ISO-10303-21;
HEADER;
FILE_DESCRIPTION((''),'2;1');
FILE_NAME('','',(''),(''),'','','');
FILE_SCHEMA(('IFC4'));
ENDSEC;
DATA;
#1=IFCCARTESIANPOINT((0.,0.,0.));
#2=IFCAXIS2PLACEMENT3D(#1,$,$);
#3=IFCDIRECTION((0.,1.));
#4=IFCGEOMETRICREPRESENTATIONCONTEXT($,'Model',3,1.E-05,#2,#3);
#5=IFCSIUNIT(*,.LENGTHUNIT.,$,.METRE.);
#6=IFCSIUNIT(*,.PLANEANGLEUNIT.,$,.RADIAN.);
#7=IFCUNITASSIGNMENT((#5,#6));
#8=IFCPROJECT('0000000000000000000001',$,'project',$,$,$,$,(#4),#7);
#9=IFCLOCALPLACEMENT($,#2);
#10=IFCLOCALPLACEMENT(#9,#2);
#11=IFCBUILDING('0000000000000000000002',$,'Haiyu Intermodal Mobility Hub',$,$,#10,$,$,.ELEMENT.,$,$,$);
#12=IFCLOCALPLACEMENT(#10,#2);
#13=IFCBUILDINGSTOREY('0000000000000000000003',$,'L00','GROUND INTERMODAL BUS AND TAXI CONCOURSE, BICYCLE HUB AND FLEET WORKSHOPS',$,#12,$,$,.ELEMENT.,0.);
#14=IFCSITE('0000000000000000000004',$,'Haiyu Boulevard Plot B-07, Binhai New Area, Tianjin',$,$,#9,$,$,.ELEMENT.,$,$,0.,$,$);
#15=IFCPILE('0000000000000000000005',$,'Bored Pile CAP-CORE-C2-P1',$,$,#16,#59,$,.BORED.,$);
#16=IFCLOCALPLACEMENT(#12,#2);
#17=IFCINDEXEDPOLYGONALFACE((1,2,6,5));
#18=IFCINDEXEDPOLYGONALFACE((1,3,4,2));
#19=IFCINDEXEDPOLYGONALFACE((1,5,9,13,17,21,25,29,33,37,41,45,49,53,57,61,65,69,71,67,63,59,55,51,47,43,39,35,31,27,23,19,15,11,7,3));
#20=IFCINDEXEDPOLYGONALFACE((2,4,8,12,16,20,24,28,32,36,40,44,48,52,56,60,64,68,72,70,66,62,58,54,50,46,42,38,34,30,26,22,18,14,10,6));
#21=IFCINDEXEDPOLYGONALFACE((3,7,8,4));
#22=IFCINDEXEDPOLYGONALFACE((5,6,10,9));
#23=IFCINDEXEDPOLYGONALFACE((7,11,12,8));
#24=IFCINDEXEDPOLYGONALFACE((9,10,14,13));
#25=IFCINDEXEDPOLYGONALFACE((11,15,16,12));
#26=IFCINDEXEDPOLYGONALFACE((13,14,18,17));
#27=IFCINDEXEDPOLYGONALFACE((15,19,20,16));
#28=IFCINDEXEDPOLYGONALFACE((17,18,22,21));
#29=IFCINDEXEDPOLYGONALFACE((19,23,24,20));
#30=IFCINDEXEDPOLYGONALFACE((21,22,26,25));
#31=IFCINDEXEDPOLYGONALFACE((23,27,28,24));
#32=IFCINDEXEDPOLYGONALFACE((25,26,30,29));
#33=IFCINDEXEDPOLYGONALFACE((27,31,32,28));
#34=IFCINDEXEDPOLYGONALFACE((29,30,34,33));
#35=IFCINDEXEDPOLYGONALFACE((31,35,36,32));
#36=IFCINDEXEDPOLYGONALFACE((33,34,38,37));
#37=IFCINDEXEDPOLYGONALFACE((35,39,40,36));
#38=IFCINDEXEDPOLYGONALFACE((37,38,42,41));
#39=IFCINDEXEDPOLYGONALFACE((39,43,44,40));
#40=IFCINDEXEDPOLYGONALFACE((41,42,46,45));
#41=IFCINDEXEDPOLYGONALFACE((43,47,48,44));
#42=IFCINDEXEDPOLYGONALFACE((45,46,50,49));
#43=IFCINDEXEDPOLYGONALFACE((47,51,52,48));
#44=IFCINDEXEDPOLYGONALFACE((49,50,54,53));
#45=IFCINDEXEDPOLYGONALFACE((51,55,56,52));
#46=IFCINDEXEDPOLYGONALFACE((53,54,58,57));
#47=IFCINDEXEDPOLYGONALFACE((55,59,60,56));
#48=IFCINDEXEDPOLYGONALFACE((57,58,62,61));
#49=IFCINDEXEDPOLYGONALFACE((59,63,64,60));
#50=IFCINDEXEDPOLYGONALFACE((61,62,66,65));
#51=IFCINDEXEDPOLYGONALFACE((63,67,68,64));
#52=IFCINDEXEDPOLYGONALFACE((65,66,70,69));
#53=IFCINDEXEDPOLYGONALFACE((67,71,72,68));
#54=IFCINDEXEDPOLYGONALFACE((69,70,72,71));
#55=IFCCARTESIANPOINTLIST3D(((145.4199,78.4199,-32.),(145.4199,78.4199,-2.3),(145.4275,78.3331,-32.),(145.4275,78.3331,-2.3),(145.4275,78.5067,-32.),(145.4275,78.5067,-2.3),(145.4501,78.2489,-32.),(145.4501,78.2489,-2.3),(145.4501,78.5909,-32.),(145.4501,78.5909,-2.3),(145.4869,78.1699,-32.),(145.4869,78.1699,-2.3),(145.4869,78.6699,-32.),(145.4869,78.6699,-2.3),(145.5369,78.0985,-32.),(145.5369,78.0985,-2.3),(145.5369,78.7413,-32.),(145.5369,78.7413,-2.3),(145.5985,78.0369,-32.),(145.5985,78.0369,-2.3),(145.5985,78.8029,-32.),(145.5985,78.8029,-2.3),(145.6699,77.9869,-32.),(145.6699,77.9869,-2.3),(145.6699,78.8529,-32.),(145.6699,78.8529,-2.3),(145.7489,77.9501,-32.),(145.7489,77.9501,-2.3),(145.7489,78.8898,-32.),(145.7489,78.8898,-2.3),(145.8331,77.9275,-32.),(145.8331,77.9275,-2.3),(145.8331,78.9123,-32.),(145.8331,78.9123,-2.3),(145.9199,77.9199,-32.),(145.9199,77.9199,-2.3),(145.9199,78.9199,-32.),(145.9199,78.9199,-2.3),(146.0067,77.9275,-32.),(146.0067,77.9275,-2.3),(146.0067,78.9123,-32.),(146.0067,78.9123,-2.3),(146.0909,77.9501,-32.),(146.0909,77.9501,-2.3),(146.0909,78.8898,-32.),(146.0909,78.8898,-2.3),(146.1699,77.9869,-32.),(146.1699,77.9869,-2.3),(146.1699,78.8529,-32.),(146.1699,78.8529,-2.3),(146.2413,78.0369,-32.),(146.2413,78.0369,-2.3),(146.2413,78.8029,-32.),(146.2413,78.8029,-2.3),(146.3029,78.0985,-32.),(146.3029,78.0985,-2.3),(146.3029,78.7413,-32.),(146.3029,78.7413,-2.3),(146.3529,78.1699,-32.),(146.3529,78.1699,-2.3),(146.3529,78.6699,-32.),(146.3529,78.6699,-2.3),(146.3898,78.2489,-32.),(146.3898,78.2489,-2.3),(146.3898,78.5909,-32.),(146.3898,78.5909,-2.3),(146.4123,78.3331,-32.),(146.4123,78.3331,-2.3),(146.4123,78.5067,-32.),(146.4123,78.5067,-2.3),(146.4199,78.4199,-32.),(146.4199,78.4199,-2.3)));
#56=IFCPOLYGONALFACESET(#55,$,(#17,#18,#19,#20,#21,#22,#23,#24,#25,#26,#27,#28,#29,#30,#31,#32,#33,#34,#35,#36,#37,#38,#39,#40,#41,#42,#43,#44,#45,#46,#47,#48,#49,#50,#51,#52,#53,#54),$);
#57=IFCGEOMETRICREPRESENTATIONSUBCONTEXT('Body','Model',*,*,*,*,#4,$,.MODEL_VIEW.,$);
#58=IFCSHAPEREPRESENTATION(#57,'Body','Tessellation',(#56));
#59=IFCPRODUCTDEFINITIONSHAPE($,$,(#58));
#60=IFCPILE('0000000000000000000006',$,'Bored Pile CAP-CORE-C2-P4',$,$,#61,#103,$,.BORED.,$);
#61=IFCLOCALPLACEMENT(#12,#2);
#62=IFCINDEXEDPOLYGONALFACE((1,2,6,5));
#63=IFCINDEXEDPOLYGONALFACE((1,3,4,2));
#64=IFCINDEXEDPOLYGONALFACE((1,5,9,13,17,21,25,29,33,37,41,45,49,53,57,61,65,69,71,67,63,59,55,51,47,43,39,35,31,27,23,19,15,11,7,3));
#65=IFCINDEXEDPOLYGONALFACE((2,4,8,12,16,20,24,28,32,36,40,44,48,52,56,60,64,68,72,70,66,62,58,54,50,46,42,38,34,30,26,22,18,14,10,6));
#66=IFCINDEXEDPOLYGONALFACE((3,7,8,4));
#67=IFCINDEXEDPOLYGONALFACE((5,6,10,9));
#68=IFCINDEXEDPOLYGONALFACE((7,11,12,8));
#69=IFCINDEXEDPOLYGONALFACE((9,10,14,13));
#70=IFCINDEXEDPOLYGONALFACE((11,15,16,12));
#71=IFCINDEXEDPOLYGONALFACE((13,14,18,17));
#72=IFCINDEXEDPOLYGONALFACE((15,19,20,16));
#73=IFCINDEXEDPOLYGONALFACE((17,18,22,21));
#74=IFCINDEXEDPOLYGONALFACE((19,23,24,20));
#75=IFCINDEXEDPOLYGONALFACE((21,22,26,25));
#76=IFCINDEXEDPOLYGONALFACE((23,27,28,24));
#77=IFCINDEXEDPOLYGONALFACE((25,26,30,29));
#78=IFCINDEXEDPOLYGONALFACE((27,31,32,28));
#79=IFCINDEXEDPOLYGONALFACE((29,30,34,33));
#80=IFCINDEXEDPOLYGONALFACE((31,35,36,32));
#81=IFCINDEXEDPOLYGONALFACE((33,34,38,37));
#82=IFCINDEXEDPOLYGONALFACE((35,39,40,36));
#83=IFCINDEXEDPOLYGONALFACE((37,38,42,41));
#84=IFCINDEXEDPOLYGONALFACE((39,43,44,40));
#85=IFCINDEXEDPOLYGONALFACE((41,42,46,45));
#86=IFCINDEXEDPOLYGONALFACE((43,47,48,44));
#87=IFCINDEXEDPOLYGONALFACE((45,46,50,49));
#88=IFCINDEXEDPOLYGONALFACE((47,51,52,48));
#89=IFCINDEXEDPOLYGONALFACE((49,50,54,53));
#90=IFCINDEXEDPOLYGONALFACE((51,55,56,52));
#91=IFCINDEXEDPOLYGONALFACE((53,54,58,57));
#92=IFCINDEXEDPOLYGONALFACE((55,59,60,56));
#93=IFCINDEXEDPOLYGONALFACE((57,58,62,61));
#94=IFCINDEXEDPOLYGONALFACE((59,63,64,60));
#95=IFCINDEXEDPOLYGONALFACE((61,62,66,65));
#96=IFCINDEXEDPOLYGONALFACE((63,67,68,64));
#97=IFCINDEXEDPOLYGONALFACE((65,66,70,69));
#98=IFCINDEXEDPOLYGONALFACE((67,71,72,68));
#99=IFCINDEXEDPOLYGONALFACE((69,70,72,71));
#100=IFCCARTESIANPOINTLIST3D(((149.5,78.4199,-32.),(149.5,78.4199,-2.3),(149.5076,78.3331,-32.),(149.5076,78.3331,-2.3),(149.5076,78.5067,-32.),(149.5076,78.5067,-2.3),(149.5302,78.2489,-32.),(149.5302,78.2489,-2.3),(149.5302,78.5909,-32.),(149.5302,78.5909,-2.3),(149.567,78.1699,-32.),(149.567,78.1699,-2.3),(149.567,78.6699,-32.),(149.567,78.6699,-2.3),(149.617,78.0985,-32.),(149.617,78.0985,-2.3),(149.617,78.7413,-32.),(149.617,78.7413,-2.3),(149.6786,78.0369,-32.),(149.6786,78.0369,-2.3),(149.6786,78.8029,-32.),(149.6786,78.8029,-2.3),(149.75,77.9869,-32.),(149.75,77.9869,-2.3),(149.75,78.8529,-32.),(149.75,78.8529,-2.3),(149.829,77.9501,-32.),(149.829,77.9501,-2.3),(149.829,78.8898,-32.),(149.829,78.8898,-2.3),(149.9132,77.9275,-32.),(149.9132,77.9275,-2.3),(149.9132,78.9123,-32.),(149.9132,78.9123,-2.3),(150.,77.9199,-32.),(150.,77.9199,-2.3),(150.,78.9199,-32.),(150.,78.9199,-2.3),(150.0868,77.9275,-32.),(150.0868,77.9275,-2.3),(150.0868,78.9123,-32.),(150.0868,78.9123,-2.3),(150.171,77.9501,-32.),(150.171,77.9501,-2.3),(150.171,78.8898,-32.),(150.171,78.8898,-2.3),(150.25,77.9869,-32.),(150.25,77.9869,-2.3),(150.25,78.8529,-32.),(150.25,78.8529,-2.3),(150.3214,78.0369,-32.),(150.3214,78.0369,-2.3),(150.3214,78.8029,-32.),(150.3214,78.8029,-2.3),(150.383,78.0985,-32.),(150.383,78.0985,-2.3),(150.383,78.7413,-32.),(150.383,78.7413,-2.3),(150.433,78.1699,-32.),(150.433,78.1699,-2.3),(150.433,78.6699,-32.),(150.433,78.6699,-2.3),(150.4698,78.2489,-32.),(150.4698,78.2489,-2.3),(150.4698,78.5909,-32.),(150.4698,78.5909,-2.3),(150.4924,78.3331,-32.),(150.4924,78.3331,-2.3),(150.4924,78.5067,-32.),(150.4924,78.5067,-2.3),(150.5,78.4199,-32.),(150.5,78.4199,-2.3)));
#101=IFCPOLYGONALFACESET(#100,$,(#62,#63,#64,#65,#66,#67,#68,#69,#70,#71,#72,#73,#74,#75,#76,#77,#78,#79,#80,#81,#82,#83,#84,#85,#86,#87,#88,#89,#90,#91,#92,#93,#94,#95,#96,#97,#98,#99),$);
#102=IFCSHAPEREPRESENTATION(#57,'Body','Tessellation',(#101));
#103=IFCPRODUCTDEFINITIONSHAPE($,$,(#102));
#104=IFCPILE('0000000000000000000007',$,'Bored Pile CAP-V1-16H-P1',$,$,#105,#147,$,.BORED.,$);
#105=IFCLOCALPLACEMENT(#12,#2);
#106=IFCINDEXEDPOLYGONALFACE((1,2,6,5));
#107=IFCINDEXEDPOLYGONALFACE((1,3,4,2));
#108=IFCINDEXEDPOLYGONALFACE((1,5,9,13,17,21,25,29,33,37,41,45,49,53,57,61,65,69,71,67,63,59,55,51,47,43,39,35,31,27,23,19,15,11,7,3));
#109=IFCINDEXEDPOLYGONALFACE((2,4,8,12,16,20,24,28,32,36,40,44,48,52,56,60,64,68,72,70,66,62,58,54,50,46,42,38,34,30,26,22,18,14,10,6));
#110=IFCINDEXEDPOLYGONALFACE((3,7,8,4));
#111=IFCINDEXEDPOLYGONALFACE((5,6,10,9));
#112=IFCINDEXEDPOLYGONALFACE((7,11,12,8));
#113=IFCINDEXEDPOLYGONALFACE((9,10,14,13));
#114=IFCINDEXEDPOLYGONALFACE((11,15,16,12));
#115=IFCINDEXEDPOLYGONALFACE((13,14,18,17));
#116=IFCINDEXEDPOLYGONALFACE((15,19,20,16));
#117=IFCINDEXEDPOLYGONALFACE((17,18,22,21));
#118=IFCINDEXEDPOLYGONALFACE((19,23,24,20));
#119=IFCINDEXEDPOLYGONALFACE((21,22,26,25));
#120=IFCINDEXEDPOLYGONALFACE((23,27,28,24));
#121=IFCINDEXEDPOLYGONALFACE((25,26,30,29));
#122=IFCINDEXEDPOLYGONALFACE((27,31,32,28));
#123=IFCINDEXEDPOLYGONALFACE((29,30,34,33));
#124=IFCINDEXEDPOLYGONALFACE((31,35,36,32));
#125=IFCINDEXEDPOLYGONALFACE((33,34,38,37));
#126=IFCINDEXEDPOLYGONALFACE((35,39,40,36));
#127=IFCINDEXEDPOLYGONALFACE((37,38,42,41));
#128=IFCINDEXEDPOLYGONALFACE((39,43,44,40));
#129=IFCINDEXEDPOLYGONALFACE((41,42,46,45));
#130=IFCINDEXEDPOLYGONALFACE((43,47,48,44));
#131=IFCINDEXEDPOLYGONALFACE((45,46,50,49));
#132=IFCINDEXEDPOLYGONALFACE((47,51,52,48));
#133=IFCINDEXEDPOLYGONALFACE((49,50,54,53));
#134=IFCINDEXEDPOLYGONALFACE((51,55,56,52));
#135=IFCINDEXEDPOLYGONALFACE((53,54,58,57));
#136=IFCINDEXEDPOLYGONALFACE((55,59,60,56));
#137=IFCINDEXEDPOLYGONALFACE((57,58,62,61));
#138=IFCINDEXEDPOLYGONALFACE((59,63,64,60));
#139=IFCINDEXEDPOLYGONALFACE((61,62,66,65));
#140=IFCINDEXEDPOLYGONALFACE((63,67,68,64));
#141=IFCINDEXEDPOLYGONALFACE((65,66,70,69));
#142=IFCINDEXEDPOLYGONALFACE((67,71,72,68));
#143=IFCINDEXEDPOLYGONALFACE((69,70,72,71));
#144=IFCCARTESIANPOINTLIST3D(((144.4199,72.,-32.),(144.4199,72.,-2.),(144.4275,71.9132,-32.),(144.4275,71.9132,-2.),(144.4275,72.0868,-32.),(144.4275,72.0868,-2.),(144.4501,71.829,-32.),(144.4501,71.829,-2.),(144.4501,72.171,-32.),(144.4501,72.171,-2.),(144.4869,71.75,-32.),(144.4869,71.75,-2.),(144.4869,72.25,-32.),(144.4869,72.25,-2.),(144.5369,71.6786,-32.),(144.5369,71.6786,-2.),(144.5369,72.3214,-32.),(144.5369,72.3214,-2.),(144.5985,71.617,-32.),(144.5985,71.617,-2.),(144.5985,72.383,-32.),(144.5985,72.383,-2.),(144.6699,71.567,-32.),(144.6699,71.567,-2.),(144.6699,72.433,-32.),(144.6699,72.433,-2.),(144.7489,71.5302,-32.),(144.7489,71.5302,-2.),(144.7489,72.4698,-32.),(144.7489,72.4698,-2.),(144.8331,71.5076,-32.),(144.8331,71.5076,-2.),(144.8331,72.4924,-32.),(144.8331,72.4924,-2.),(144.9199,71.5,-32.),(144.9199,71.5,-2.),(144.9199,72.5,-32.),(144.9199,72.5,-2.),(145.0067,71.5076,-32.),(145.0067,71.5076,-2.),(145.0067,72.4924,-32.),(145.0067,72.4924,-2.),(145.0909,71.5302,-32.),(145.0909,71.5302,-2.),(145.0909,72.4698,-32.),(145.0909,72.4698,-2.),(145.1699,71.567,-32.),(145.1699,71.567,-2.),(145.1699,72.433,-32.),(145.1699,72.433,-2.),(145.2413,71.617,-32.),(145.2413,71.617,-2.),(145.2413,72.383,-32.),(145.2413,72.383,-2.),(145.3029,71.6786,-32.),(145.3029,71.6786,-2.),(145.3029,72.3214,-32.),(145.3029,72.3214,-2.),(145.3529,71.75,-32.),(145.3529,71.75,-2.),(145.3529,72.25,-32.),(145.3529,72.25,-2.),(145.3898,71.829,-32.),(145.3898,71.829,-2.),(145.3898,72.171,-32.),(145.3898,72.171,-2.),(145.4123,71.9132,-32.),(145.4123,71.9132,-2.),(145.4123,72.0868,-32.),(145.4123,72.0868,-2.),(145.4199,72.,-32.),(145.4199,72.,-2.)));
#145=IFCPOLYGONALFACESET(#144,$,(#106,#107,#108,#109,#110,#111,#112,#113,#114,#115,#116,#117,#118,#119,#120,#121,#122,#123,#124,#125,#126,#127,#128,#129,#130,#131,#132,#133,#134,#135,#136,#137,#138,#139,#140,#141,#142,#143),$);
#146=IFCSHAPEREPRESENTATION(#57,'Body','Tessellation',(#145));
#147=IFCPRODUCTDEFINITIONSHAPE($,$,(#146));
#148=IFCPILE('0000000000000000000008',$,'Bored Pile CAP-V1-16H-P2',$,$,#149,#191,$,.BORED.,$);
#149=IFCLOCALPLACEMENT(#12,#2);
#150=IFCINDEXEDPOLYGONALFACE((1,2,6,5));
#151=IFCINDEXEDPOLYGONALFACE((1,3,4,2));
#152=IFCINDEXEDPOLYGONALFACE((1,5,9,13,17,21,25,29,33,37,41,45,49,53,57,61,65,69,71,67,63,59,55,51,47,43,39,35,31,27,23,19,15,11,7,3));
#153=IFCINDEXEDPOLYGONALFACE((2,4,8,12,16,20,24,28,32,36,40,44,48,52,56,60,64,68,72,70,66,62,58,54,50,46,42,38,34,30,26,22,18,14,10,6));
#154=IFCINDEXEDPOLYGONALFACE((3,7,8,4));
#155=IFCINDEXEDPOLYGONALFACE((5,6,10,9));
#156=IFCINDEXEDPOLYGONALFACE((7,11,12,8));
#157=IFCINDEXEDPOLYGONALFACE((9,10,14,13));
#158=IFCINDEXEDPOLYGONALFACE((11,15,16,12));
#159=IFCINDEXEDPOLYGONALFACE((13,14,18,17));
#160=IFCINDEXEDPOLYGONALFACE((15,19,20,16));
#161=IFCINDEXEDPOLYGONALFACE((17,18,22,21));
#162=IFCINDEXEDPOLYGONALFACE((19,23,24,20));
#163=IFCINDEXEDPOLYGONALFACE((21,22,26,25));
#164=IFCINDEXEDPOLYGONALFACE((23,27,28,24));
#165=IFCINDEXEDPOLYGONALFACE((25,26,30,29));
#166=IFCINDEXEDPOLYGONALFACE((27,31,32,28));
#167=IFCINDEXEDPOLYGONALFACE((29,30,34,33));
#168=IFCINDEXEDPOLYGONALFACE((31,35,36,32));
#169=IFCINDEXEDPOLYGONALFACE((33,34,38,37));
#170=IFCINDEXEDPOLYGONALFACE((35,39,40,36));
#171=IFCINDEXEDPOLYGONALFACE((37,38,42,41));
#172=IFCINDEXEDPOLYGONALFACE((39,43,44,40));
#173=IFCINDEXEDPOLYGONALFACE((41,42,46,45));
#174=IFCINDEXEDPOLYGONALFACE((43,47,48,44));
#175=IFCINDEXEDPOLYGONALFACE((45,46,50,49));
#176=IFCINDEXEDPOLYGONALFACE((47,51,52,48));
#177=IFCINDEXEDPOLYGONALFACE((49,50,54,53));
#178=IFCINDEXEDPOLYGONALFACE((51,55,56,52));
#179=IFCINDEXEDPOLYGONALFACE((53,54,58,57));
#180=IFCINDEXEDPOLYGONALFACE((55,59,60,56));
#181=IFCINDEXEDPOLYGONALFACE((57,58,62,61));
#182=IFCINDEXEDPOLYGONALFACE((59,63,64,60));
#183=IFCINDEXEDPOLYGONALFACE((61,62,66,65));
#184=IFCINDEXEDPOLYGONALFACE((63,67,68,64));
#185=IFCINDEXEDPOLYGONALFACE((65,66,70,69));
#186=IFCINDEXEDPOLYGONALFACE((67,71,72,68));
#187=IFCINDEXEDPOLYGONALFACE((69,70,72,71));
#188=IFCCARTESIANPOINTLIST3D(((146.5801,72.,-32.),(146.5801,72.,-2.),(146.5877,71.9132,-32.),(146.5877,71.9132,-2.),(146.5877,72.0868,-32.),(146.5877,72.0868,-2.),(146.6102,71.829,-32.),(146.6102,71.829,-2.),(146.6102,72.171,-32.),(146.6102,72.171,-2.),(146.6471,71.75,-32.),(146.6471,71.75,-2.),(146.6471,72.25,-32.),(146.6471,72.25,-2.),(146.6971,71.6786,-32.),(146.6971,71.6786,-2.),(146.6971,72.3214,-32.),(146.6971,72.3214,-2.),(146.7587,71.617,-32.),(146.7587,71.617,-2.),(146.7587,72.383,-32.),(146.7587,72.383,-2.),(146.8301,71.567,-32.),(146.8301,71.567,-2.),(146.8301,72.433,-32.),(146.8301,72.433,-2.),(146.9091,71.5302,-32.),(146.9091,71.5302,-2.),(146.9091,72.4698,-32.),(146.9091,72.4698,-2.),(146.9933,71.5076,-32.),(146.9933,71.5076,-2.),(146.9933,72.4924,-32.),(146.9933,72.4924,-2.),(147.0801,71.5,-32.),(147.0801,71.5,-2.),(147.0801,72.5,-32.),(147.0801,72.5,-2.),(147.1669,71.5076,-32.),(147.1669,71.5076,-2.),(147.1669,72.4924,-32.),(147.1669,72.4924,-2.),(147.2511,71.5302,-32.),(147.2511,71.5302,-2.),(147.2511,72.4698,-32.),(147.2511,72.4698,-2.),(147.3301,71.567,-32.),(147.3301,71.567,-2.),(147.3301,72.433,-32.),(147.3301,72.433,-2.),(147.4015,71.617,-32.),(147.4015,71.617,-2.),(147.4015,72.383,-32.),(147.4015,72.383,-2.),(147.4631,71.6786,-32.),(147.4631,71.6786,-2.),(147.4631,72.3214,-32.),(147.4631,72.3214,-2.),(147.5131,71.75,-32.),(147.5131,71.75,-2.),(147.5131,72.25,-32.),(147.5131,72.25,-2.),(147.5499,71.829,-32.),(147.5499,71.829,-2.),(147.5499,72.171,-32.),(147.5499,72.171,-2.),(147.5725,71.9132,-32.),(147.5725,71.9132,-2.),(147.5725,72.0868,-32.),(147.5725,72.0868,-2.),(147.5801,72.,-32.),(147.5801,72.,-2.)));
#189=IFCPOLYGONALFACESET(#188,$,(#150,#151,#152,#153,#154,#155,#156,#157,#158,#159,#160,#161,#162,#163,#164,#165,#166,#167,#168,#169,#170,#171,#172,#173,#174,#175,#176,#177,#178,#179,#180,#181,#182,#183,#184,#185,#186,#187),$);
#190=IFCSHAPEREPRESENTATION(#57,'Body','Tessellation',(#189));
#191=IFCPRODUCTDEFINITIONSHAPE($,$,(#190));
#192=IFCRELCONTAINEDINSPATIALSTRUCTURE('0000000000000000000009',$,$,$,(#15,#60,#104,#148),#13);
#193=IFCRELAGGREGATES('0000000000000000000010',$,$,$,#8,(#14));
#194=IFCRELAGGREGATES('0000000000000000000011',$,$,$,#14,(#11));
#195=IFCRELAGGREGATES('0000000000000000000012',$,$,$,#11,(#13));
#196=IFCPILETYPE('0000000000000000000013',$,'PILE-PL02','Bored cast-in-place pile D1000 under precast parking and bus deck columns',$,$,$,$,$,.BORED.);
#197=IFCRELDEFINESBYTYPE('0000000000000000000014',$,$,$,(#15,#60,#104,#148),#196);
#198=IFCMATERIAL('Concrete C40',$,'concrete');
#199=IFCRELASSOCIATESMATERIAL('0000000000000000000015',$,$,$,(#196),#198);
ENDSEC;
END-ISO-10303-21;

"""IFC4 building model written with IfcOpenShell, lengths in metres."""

from ifc_helpers import new_model, si_unit, direction, frame, origin, origin_2d, place, context, subcontext, project, spatial, circle, extrude, material, material_profile, profile_set, type_object, element, save


model = new_model("IFC4")

# Units and contexts
model_context = context("Model", 3, precision=1e-05, world=origin(), true_north=direction((0.0, 1.0)))
body_context = subcontext(model_context, "Body", "Model", "MODEL_VIEW")
ifc_project = project(units=[si_unit("LENGTHUNIT", "METRE"), si_unit("PLANEANGLEUNIT", "RADIAN")], contexts=[model_context])

# Site, building, storey
site_placement = place(None, origin())
site = spatial("IfcSite", under=ifc_project, at=site_placement, Name="Haiyu Boulevard Plot B-07, Binhai New Area, Tianjin", CompositionType="ELEMENT", RefElevation=0.0)
building_placement = place(site_placement, origin())
building = spatial("IfcBuilding", under=site, at=building_placement, Name="Haiyu Intermodal Mobility Hub", CompositionType="ELEMENT")
storey_placement = place(building_placement, origin())
storey = spatial("IfcBuildingStorey", under=building, at=storey_placement, Name="L00", Description="GROUND INTERMODAL BUS AND TAXI CONCOURSE, BICYCLE HUB AND FLEET WORKSHOPS", CompositionType="ELEMENT", Elevation=0.0)

# Shared definitions
ifc_material_1 = material(Name="Concrete C40", Category="concrete")

# Piles
ifc_material_profile_1 = material_profile(ifc_material_1, circle(Radius=0.5, at=origin_2d()), Name="PILE-D1000")
ifc_profile_set_1 = profile_set([ifc_material_profile_1], Name="Concrete C40")
pile_type_1 = type_object("IfcPileType", Name="PILE-PL02", Description="Bored cast-in-place pile D1000 under precast parking and bus deck columns", PredefinedType="BORED", material=ifc_profile_set_1)
for number, where, z_axis, x_axis, name in (
    (1, (145.9199, 78.4199, -2.3), (0.0, 0.0, -1.0), (1.0, 0.0, 0.0), "Bored Pile CAP-CORE-C2-P1"),
    (2, (150.0, 78.4199, -2.3), (0.0, 0.0, -1.0), (1.0, 0.0, 0.0), "Bored Pile CAP-CORE-C2-P4"),
):
    element("IfcPile", number, at=place(storey_placement, frame(where, z_axis=z_axis, x_axis=x_axis)), inside=storey, type_object=pile_type_1, Name=name, PredefinedType="BORED", context=body_context, shape_type="SweptSolid", body=[
        extrude(circle(Radius=0.5, at=origin_2d()), origin(), (0.0, 0.0, 1.0), 29.7),
    ])
for number, where, z_axis, x_axis, name in (
    (3, (144.9199, 72.0, -2.0), (0.0, 0.0, -1.0), (1.0, 0.0, 0.0), "Bored Pile CAP-V1-16H-P1"),
    (4, (147.0801, 72.0, -2.0), (0.0, 0.0, -1.0), (1.0, 0.0, 0.0), "Bored Pile CAP-V1-16H-P2"),
):
    element("IfcPile", number, at=place(storey_placement, frame(where, z_axis=z_axis, x_axis=x_axis)), inside=storey, type_object=pile_type_1, Name=name, PredefinedType="BORED", context=body_context, shape_type="SweptSolid", body=[
        extrude(circle(Radius=0.5, at=origin_2d()), origin(), (0.0, 0.0, 1.0), 30.0),
    ])

save(model, "model.ifc")
